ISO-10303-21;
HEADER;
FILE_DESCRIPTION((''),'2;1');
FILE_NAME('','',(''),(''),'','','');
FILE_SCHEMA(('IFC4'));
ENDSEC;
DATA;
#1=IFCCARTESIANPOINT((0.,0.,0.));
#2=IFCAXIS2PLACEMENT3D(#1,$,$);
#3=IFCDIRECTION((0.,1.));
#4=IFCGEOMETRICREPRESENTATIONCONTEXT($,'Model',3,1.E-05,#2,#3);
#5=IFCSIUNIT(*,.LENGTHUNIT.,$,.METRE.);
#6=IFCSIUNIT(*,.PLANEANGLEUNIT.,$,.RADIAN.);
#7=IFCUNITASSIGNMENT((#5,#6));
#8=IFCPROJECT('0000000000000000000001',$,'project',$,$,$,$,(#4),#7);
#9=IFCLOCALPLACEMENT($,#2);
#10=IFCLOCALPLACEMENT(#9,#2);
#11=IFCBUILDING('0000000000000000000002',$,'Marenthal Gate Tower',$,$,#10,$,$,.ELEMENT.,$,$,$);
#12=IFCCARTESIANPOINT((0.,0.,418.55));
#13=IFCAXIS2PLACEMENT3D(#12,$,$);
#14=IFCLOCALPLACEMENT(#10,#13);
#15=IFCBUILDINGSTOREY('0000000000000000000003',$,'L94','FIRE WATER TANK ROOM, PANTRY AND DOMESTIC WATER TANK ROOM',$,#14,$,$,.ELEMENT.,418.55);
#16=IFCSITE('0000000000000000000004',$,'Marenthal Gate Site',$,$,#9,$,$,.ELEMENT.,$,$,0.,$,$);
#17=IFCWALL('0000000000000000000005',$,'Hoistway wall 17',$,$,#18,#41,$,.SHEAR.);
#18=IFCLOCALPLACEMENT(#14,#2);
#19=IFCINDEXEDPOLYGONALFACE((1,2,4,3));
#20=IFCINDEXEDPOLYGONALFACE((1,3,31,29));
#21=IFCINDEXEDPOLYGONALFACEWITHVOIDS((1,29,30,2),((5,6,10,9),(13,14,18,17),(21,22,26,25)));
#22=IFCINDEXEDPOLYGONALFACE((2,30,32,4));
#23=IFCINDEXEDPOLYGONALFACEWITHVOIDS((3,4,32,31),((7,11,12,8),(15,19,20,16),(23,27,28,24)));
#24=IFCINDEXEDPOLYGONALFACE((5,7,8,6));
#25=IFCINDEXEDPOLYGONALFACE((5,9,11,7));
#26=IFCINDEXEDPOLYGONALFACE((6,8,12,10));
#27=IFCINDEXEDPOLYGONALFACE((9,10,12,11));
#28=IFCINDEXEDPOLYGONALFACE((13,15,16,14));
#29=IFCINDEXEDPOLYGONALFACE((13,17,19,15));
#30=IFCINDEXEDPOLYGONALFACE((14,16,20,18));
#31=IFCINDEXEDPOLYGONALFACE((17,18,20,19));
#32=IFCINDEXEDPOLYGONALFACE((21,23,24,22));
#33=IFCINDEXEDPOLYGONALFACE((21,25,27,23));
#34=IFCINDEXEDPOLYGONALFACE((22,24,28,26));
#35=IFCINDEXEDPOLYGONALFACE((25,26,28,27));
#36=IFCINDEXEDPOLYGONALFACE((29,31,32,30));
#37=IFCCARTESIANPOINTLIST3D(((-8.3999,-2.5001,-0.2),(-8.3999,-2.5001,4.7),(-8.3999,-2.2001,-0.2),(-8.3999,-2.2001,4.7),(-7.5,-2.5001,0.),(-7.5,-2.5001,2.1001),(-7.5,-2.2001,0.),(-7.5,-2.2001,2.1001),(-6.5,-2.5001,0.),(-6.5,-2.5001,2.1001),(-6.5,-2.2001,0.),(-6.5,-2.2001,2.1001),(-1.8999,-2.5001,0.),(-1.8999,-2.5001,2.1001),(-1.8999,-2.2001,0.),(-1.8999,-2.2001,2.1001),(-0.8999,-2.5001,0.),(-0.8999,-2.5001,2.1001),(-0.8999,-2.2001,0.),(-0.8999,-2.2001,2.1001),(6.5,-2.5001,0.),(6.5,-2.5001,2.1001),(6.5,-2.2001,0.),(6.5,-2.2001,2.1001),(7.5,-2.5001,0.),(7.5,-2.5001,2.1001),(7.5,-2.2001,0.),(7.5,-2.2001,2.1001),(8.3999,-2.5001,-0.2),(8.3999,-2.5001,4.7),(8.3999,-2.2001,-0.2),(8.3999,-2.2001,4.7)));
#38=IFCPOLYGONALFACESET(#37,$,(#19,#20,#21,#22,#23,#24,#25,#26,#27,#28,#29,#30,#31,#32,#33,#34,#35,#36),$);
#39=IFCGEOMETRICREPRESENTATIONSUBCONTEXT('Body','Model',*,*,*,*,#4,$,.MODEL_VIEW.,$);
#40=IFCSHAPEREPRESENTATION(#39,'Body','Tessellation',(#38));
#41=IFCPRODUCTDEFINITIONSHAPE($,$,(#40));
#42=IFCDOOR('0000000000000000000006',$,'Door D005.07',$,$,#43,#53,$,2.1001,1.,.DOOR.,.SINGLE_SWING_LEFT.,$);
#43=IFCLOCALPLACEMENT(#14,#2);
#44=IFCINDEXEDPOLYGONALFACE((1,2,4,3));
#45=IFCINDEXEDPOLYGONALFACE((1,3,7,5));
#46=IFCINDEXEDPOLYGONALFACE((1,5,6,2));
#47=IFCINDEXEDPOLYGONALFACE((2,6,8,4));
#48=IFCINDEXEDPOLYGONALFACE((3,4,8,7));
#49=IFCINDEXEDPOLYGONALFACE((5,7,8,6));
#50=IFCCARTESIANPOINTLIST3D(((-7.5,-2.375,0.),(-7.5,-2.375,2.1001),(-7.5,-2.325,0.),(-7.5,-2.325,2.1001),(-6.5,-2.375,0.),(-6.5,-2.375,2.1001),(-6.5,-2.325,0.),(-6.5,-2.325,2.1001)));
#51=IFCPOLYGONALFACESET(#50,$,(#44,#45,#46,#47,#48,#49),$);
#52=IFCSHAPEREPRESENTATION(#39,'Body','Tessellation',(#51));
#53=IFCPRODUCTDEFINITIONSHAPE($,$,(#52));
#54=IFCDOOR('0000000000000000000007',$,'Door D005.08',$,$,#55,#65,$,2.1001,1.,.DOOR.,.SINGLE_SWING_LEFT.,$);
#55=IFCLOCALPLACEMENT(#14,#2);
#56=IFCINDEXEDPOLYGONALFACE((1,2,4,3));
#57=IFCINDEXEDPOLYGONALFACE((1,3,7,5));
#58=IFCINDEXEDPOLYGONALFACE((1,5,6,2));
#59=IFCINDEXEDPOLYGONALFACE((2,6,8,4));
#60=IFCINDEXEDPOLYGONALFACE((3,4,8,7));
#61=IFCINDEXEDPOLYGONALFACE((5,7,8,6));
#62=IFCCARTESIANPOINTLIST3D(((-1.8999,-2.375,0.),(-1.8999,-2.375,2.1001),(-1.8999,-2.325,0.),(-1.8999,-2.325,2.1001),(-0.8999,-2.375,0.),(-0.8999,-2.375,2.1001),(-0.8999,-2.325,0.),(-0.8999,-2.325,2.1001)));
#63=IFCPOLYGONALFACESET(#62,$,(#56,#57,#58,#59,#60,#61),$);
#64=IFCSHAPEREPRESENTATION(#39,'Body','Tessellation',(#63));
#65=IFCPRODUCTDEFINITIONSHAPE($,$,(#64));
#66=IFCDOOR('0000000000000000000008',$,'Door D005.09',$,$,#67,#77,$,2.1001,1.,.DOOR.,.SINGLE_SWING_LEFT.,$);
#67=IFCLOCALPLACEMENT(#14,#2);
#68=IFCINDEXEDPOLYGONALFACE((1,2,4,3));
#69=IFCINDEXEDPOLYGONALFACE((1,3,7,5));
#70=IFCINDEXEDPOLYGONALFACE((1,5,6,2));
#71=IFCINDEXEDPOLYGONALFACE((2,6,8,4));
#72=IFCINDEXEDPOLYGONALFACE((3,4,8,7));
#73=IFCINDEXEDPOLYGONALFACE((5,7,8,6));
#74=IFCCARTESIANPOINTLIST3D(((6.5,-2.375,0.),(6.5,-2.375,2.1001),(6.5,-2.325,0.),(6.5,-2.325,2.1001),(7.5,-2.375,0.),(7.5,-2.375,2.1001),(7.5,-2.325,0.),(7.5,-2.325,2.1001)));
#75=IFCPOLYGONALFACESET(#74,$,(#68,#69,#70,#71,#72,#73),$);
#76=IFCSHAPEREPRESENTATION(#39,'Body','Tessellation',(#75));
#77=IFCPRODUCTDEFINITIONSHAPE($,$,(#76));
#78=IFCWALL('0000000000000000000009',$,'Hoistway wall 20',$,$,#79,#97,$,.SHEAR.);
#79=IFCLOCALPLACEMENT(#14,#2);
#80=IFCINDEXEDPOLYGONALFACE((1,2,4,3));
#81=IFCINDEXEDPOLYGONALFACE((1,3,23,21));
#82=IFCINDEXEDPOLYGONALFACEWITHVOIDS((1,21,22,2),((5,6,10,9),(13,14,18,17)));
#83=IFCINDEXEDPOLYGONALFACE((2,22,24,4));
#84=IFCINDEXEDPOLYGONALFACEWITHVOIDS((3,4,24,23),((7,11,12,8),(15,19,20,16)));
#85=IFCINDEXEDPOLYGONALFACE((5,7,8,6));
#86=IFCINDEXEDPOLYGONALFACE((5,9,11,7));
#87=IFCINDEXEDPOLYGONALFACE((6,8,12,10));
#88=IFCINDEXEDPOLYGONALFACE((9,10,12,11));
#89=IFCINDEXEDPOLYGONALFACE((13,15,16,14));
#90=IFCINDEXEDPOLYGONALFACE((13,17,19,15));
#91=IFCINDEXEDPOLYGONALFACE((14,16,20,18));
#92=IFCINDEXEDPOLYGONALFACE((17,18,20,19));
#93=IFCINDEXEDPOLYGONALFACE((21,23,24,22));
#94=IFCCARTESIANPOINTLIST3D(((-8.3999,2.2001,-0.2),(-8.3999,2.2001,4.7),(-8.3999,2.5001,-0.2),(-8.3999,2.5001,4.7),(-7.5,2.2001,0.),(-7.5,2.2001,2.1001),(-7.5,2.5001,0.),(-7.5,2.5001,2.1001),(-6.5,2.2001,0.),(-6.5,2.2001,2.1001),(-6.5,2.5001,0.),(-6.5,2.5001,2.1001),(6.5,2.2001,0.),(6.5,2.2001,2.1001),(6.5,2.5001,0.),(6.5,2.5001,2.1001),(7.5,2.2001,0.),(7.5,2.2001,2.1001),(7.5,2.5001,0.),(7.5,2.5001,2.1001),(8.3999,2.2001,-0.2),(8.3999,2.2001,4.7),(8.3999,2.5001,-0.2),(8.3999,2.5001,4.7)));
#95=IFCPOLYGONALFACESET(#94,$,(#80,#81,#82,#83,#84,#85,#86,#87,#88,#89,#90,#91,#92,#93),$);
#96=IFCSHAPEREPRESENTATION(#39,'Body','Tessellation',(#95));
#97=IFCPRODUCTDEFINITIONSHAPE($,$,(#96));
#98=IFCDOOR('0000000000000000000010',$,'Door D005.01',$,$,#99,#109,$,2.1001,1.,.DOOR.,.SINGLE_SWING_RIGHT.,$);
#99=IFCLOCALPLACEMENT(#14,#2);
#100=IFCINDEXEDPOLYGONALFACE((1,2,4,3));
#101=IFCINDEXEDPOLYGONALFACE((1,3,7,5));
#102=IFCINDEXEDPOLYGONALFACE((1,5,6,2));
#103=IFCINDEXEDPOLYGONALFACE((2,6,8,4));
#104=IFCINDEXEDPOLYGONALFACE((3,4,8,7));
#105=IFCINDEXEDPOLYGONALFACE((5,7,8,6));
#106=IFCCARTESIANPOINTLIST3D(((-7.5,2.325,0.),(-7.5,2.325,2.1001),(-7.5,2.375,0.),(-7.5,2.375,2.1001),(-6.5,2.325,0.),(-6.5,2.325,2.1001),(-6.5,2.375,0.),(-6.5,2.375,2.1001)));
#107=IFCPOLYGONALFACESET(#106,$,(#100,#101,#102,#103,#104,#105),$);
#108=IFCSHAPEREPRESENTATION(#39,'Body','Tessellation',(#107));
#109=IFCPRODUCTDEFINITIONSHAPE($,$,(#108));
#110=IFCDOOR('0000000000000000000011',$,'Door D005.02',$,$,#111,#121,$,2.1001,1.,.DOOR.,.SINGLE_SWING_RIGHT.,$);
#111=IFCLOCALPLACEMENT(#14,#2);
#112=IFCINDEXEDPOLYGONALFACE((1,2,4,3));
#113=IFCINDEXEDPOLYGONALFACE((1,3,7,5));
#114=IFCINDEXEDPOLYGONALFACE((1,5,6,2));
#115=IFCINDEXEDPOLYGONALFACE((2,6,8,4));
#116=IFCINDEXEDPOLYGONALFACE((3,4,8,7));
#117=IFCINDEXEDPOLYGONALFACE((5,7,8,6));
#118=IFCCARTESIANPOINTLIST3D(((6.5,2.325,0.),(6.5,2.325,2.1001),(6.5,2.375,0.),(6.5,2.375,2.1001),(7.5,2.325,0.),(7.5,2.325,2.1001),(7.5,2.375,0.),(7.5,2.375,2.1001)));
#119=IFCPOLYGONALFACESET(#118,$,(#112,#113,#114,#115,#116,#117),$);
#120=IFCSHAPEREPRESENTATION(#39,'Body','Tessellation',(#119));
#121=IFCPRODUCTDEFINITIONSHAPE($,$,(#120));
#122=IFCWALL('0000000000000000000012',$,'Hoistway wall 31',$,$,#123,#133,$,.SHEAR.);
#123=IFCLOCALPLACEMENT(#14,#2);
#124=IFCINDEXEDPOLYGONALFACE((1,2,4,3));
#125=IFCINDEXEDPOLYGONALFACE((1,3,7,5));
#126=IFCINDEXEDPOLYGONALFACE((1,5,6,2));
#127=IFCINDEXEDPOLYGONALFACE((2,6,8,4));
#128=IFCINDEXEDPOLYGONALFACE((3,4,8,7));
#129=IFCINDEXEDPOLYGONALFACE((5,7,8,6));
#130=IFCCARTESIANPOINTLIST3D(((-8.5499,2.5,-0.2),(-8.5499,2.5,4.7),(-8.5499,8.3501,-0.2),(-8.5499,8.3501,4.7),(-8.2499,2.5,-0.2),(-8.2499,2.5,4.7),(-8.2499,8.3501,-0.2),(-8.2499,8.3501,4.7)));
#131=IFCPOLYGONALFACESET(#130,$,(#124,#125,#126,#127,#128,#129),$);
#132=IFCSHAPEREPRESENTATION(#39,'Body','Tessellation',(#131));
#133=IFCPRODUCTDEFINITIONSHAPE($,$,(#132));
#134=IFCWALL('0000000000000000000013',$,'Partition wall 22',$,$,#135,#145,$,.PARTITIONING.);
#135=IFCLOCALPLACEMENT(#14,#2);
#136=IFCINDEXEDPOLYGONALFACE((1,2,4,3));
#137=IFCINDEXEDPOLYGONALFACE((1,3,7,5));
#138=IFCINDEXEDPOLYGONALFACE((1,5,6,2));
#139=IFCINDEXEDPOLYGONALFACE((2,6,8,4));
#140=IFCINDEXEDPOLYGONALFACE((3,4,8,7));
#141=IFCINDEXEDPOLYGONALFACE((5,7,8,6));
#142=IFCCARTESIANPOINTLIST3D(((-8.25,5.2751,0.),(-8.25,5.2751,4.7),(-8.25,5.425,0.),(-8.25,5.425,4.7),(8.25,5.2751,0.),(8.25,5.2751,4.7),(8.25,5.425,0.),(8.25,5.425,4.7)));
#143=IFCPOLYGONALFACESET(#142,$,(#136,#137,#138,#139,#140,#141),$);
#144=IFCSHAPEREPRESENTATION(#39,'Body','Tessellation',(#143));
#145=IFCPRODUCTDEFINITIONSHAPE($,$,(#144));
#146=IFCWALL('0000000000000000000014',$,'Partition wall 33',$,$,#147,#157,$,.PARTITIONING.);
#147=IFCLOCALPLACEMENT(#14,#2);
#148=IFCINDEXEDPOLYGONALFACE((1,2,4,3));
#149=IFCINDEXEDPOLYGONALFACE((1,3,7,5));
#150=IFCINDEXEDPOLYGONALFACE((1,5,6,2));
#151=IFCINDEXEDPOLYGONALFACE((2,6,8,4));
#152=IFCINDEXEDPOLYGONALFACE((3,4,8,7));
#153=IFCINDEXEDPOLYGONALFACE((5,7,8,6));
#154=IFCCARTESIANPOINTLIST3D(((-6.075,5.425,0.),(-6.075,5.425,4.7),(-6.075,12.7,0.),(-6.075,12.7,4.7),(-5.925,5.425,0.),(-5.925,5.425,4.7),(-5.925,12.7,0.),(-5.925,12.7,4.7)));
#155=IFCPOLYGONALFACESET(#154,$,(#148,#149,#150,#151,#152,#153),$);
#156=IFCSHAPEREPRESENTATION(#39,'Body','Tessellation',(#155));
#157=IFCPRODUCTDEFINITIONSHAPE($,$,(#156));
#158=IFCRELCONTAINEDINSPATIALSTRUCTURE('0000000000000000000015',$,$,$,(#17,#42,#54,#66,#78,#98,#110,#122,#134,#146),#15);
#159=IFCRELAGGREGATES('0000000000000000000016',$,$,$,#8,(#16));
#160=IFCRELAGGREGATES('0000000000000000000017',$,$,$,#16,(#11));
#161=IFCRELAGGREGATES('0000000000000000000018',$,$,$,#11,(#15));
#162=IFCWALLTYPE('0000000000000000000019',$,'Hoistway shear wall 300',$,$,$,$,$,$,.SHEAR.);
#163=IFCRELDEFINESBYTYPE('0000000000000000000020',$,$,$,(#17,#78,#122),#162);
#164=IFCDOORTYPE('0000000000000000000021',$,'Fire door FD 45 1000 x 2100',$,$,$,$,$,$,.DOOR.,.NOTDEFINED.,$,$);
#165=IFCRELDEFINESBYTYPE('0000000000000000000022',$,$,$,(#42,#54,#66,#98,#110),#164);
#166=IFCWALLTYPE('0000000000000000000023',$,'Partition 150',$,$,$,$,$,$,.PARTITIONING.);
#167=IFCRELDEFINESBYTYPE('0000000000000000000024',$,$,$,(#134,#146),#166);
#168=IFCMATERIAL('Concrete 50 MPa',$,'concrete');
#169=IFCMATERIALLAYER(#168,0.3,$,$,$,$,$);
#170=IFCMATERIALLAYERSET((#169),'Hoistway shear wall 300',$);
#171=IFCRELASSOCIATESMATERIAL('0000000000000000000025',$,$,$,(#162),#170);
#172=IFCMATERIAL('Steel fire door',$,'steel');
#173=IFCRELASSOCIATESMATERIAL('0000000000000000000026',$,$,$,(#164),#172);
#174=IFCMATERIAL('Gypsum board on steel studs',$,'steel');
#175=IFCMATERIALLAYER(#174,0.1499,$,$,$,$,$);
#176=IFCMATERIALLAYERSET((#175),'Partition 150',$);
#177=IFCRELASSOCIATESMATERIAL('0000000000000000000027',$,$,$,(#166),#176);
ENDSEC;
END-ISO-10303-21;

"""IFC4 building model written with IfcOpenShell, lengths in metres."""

from ifc_helpers import new_model, si_unit, direction, frame, frame_2d, origin, place, context, subcontext, project, spatial, rectangle, extrude, material, layer, layer_set, type_object, element, fill, save


model = new_model("IFC4")

# Units and contexts
model_context = context("Model", 3, precision=1e-05, world=origin(), true_north=direction((0.0, 1.0)))
body_context = subcontext(model_context, "Body", "Model", "MODEL_VIEW")
ifc_project = project(units=[si_unit("LENGTHUNIT", "METRE"), si_unit("PLANEANGLEUNIT", "RADIAN")], contexts=[model_context])

# Site, building, storey
site_placement = place(None, origin())
site = spatial("IfcSite", under=ifc_project, at=site_placement, Name="Marenthal Gate Site", CompositionType="ELEMENT", RefElevation=0.0)
building_placement = place(site_placement, origin())
building = spatial("IfcBuilding", under=site, at=building_placement, Name="Marenthal Gate Tower", CompositionType="ELEMENT")
storey_placement = place(building_placement, frame((0.0, 0.0, 418.55)))
storey = spatial("IfcBuildingStorey", under=building, at=storey_placement, Name="L94", Description="FIRE WATER TANK ROOM, PANTRY AND DOMESTIC WATER TANK ROOM", CompositionType="ELEMENT", Elevation=418.55)

# Walls, openings, doors
ifc_material_1 = material(Name="Concrete 50 MPa", Category="concrete")
ifc_layer_1 = layer(ifc_material_1, 0.3)
ifc_layer_set_1 = layer_set([ifc_layer_1], Name="Hoistway shear wall 300")
wall_type_1 = type_object("IfcWallType", Name="Hoistway shear wall 300", PredefinedType="SHEAR", material=ifc_layer_set_1)
wall_1_placement = place(storey_placement, frame((-8.3999, -2.3501, -0.2), z_axis=(0.0, 0.0, 1.0), x_axis=(1.0, 0.0, 0.0)))
wall_1 = element("IfcWall", 1, at=wall_1_placement, inside=storey, type_object=wall_type_1, Name="Hoistway wall 17", PredefinedType="SHEAR", context=body_context, shape_type="SweptSolid", body=[
    extrude(rectangle(XDim=16.7998, YDim=0.3, at=frame_2d((8.3999, 0.0))), origin(), (0.0, 0.0, 1.0), 4.8999),
])
opening_1_placement = place(wall_1_placement, frame((0.8999, 0.0, 0.2)))
opening_1 = element("IfcOpeningElement", 2, at=opening_1_placement, cuts=wall_1, PredefinedType="OPENING", context=body_context, shape_type="SweptSolid", body=[
    extrude(rectangle(XDim=1.0, YDim=2.1001, at=frame_2d((0.5, 1.05))), frame((0.0, 0.1602, 0.0), z_axis=(0.0, -1.0, 0.0), x_axis=(1.0, 0.0, 0.0)), (0.0, 0.0, 1.0), 0.3201),
])
opening_2_placement = place(wall_1_placement, frame((6.5, 0.0, 0.2)))
opening_2 = element("IfcOpeningElement", 3, at=opening_2_placement, cuts=wall_1, PredefinedType="OPENING", context=body_context, shape_type="SweptSolid", body=[
    extrude(rectangle(XDim=1.0, YDim=2.1001, at=frame_2d((0.5, 1.05))), frame((0.0, 0.1602, 0.0), z_axis=(0.0, -1.0, 0.0), x_axis=(1.0, 0.0, 0.0)), (0.0, 0.0, 1.0), 0.3201),
])
opening_3_placement = place(wall_1_placement, frame((14.8999, 0.0, 0.2)))
opening_3 = element("IfcOpeningElement", 4, at=opening_3_placement, cuts=wall_1, PredefinedType="OPENING", context=body_context, shape_type="SweptSolid", body=[
    extrude(rectangle(XDim=1.0, YDim=2.1001, at=frame_2d((0.5, 1.05))), frame((0.0, 0.1602, 0.0), z_axis=(0.0, -1.0, 0.0), x_axis=(1.0, 0.0, 0.0)), (0.0, 0.0, 1.0), 0.3201),
])
ifc_material_2 = material(Name="Steel fire door", Category="steel")
door_type = type_object("IfcDoorType", Name="Fire door FD 45 1000 x 2100", OperationType="NOTDEFINED", PredefinedType="DOOR", material=ifc_material_2)
door_1_placement = place(opening_1_placement, frame((1.0, 0.0, 0.0), z_axis=(0.0, 0.0, 1.0), x_axis=(-1.0, 0.0, 0.0)))
door_1 = element("IfcDoor", 5, at=door_1_placement, inside=storey, type_object=door_type, Name="Door D005.07", OperationType="SINGLE_SWING_LEFT", OverallHeight=2.1001, OverallWidth=1.0, PredefinedType="DOOR", context=body_context, shape_type="SweptSolid", body=[
    extrude(rectangle(XDim=1.0, YDim=2.1001, at=frame_2d((0.5, 1.05))), frame((0.0, 0.0249, 0.0), z_axis=(0.0, -1.0, 0.0), x_axis=(1.0, 0.0, 0.0)), (0.0, 0.0, 1.0), 0.05),
])
fill(opening_1, door_1)
door_2_placement = place(opening_2_placement, frame((1.0, 0.0, 0.0), z_axis=(0.0, 0.0, 1.0), x_axis=(-1.0, 0.0, 0.0)))
door_2 = element("IfcDoor", 6, at=door_2_placement, inside=storey, type_object=door_type, Name="Door D005.08", OperationType="SINGLE_SWING_LEFT", OverallHeight=2.1001, OverallWidth=1.0, PredefinedType="DOOR", context=body_context, shape_type="SweptSolid", body=[
    extrude(rectangle(XDim=1.0, YDim=2.1001, at=frame_2d((0.5, 1.05))), frame((0.0, 0.0249, 0.0), z_axis=(0.0, -1.0, 0.0), x_axis=(1.0, 0.0, 0.0)), (0.0, 0.0, 1.0), 0.05),
])
fill(opening_2, door_2)
door_3_placement = place(opening_3_placement, frame((1.0, 0.0, 0.0), z_axis=(0.0, 0.0, 1.0), x_axis=(-1.0, 0.0, 0.0)))
door_3 = element("IfcDoor", 7, at=door_3_placement, inside=storey, type_object=door_type, Name="Door D005.09", OperationType="SINGLE_SWING_LEFT", OverallHeight=2.1001, OverallWidth=1.0, PredefinedType="DOOR", context=body_context, shape_type="SweptSolid", body=[
    extrude(rectangle(XDim=1.0, YDim=2.1001, at=frame_2d((0.5, 1.05))), frame((0.0, 0.0249, 0.0), z_axis=(0.0, -1.0, 0.0), x_axis=(1.0, 0.0, 0.0)), (0.0, 0.0, 1.0), 0.05),
])
fill(opening_3, door_3)
wall_2_placement = place(storey_placement, frame((-8.3999, 2.3501, -0.2), z_axis=(0.0, 0.0, 1.0), x_axis=(1.0, 0.0, 0.0)))
wall_2 = element("IfcWall", 8, at=wall_2_placement, inside=storey, type_object=wall_type_1, Name="Hoistway wall 20", PredefinedType="SHEAR", context=body_context, shape_type="SweptSolid", body=[
    extrude(rectangle(XDim=16.7998, YDim=0.3, at=frame_2d((8.3999, 0.0))), origin(), (0.0, 0.0, 1.0), 4.8999),
])
opening_4_placement = place(wall_2_placement, frame((0.8999, 0.0, 0.2)))
opening_4 = element("IfcOpeningElement", 9, at=opening_4_placement, cuts=wall_2, PredefinedType="OPENING", context=body_context, shape_type="SweptSolid", body=[
    extrude(rectangle(XDim=1.0, YDim=2.1001, at=frame_2d((0.5, 1.05))), frame((0.0, 0.1602, 0.0), z_axis=(0.0, -1.0, 0.0), x_axis=(1.0, 0.0, 0.0)), (0.0, 0.0, 1.0), 0.3201),
])
opening_5_placement = place(wall_2_placement, frame((14.8999, 0.0, 0.2)))
opening_5 = element("IfcOpeningElement", 10, at=opening_5_placement, cuts=wall_2, PredefinedType="OPENING", context=body_context, shape_type="SweptSolid", body=[
    extrude(rectangle(XDim=1.0, YDim=2.1001, at=frame_2d((0.5, 1.05))), frame((0.0, 0.1602, 0.0), z_axis=(0.0, -1.0, 0.0), x_axis=(1.0, 0.0, 0.0)), (0.0, 0.0, 1.0), 0.3201),
])
door_4_placement = place(opening_4_placement, origin())
door_4 = element("IfcDoor", 11, at=door_4_placement, inside=storey, type_object=door_type, Name="Door D005.01", OperationType="SINGLE_SWING_RIGHT", OverallHeight=2.1001, OverallWidth=1.0, PredefinedType="DOOR", context=body_context, shape_type="SweptSolid", body=[
    extrude(rectangle(XDim=1.0, YDim=2.1001, at=frame_2d((0.5, 1.05))), frame((0.0, 0.0249, 0.0), z_axis=(0.0, -1.0, 0.0), x_axis=(1.0, 0.0, 0.0)), (0.0, 0.0, 1.0), 0.05),
])
fill(opening_4, door_4)
door_5_placement = place(opening_5_placement, origin())
door_5 = element("IfcDoor", 12, at=door_5_placement, inside=storey, type_object=door_type, Name="Door D005.02", OperationType="SINGLE_SWING_RIGHT", OverallHeight=2.1001, OverallWidth=1.0, PredefinedType="DOOR", context=body_context, shape_type="SweptSolid", body=[
    extrude(rectangle(XDim=1.0, YDim=2.1001, at=frame_2d((0.5, 1.05))), frame((0.0, 0.0249, 0.0), z_axis=(0.0, -1.0, 0.0), x_axis=(1.0, 0.0, 0.0)), (0.0, 0.0, 1.0), 0.05),
])
fill(opening_5, door_5)

# Walls
wall_3_placement = place(storey_placement, frame((-8.3999, 2.5, -0.2), z_axis=(0.0, 0.0, 1.0), x_axis=(0.0, 1.0, 0.0)))
element("IfcWall", 13, at=wall_3_placement, inside=storey, type_object=wall_type_1, Name="Hoistway wall 31", PredefinedType="SHEAR", context=body_context, shape_type="SweptSolid", body=[
    extrude(rectangle(XDim=5.8501, YDim=0.3, at=frame_2d((2.925, 0.0))), origin(), (0.0, 0.0, 1.0), 4.8999),
])
ifc_material_3 = material(Name="Gypsum board on steel studs", Category="steel")
ifc_layer_2 = layer(ifc_material_3, 0.1499)
ifc_layer_set_2 = layer_set([ifc_layer_2], Name="Partition 150")
wall_type_2 = type_object("IfcWallType", Name="Partition 150", PredefinedType="PARTITIONING", material=ifc_layer_set_2)
wall_4_placement = place(storey_placement, frame((-8.25, 5.3501, 0.0), z_axis=(0.0, 0.0, 1.0), x_axis=(1.0, 0.0, 0.0)))
element("IfcWall", 14, at=wall_4_placement, inside=storey, type_object=wall_type_2, Name="Partition wall 22", PredefinedType="PARTITIONING", context=body_context, shape_type="SweptSolid", body=[
    extrude(rectangle(XDim=16.5, YDim=0.1499, at=frame_2d((8.25, 0.0))), origin(), (0.0, 0.0, 1.0), 4.7),
])
wall_5_placement = place(storey_placement, frame((-6.0, 5.425, 0.0), z_axis=(0.0, 0.0, 1.0), x_axis=(0.0, 1.0, 0.0)))
element("IfcWall", 15, at=wall_5_placement, inside=storey, type_object=wall_type_2, Name="Partition wall 33", PredefinedType="PARTITIONING", context=body_context, shape_type="SweptSolid", body=[
    extrude(rectangle(XDim=7.2749, YDim=0.1499, at=frame_2d((3.6375, 0.0))), origin(), (0.0, 0.0, 1.0), 4.7),
])

save(model, "model.ifc")
